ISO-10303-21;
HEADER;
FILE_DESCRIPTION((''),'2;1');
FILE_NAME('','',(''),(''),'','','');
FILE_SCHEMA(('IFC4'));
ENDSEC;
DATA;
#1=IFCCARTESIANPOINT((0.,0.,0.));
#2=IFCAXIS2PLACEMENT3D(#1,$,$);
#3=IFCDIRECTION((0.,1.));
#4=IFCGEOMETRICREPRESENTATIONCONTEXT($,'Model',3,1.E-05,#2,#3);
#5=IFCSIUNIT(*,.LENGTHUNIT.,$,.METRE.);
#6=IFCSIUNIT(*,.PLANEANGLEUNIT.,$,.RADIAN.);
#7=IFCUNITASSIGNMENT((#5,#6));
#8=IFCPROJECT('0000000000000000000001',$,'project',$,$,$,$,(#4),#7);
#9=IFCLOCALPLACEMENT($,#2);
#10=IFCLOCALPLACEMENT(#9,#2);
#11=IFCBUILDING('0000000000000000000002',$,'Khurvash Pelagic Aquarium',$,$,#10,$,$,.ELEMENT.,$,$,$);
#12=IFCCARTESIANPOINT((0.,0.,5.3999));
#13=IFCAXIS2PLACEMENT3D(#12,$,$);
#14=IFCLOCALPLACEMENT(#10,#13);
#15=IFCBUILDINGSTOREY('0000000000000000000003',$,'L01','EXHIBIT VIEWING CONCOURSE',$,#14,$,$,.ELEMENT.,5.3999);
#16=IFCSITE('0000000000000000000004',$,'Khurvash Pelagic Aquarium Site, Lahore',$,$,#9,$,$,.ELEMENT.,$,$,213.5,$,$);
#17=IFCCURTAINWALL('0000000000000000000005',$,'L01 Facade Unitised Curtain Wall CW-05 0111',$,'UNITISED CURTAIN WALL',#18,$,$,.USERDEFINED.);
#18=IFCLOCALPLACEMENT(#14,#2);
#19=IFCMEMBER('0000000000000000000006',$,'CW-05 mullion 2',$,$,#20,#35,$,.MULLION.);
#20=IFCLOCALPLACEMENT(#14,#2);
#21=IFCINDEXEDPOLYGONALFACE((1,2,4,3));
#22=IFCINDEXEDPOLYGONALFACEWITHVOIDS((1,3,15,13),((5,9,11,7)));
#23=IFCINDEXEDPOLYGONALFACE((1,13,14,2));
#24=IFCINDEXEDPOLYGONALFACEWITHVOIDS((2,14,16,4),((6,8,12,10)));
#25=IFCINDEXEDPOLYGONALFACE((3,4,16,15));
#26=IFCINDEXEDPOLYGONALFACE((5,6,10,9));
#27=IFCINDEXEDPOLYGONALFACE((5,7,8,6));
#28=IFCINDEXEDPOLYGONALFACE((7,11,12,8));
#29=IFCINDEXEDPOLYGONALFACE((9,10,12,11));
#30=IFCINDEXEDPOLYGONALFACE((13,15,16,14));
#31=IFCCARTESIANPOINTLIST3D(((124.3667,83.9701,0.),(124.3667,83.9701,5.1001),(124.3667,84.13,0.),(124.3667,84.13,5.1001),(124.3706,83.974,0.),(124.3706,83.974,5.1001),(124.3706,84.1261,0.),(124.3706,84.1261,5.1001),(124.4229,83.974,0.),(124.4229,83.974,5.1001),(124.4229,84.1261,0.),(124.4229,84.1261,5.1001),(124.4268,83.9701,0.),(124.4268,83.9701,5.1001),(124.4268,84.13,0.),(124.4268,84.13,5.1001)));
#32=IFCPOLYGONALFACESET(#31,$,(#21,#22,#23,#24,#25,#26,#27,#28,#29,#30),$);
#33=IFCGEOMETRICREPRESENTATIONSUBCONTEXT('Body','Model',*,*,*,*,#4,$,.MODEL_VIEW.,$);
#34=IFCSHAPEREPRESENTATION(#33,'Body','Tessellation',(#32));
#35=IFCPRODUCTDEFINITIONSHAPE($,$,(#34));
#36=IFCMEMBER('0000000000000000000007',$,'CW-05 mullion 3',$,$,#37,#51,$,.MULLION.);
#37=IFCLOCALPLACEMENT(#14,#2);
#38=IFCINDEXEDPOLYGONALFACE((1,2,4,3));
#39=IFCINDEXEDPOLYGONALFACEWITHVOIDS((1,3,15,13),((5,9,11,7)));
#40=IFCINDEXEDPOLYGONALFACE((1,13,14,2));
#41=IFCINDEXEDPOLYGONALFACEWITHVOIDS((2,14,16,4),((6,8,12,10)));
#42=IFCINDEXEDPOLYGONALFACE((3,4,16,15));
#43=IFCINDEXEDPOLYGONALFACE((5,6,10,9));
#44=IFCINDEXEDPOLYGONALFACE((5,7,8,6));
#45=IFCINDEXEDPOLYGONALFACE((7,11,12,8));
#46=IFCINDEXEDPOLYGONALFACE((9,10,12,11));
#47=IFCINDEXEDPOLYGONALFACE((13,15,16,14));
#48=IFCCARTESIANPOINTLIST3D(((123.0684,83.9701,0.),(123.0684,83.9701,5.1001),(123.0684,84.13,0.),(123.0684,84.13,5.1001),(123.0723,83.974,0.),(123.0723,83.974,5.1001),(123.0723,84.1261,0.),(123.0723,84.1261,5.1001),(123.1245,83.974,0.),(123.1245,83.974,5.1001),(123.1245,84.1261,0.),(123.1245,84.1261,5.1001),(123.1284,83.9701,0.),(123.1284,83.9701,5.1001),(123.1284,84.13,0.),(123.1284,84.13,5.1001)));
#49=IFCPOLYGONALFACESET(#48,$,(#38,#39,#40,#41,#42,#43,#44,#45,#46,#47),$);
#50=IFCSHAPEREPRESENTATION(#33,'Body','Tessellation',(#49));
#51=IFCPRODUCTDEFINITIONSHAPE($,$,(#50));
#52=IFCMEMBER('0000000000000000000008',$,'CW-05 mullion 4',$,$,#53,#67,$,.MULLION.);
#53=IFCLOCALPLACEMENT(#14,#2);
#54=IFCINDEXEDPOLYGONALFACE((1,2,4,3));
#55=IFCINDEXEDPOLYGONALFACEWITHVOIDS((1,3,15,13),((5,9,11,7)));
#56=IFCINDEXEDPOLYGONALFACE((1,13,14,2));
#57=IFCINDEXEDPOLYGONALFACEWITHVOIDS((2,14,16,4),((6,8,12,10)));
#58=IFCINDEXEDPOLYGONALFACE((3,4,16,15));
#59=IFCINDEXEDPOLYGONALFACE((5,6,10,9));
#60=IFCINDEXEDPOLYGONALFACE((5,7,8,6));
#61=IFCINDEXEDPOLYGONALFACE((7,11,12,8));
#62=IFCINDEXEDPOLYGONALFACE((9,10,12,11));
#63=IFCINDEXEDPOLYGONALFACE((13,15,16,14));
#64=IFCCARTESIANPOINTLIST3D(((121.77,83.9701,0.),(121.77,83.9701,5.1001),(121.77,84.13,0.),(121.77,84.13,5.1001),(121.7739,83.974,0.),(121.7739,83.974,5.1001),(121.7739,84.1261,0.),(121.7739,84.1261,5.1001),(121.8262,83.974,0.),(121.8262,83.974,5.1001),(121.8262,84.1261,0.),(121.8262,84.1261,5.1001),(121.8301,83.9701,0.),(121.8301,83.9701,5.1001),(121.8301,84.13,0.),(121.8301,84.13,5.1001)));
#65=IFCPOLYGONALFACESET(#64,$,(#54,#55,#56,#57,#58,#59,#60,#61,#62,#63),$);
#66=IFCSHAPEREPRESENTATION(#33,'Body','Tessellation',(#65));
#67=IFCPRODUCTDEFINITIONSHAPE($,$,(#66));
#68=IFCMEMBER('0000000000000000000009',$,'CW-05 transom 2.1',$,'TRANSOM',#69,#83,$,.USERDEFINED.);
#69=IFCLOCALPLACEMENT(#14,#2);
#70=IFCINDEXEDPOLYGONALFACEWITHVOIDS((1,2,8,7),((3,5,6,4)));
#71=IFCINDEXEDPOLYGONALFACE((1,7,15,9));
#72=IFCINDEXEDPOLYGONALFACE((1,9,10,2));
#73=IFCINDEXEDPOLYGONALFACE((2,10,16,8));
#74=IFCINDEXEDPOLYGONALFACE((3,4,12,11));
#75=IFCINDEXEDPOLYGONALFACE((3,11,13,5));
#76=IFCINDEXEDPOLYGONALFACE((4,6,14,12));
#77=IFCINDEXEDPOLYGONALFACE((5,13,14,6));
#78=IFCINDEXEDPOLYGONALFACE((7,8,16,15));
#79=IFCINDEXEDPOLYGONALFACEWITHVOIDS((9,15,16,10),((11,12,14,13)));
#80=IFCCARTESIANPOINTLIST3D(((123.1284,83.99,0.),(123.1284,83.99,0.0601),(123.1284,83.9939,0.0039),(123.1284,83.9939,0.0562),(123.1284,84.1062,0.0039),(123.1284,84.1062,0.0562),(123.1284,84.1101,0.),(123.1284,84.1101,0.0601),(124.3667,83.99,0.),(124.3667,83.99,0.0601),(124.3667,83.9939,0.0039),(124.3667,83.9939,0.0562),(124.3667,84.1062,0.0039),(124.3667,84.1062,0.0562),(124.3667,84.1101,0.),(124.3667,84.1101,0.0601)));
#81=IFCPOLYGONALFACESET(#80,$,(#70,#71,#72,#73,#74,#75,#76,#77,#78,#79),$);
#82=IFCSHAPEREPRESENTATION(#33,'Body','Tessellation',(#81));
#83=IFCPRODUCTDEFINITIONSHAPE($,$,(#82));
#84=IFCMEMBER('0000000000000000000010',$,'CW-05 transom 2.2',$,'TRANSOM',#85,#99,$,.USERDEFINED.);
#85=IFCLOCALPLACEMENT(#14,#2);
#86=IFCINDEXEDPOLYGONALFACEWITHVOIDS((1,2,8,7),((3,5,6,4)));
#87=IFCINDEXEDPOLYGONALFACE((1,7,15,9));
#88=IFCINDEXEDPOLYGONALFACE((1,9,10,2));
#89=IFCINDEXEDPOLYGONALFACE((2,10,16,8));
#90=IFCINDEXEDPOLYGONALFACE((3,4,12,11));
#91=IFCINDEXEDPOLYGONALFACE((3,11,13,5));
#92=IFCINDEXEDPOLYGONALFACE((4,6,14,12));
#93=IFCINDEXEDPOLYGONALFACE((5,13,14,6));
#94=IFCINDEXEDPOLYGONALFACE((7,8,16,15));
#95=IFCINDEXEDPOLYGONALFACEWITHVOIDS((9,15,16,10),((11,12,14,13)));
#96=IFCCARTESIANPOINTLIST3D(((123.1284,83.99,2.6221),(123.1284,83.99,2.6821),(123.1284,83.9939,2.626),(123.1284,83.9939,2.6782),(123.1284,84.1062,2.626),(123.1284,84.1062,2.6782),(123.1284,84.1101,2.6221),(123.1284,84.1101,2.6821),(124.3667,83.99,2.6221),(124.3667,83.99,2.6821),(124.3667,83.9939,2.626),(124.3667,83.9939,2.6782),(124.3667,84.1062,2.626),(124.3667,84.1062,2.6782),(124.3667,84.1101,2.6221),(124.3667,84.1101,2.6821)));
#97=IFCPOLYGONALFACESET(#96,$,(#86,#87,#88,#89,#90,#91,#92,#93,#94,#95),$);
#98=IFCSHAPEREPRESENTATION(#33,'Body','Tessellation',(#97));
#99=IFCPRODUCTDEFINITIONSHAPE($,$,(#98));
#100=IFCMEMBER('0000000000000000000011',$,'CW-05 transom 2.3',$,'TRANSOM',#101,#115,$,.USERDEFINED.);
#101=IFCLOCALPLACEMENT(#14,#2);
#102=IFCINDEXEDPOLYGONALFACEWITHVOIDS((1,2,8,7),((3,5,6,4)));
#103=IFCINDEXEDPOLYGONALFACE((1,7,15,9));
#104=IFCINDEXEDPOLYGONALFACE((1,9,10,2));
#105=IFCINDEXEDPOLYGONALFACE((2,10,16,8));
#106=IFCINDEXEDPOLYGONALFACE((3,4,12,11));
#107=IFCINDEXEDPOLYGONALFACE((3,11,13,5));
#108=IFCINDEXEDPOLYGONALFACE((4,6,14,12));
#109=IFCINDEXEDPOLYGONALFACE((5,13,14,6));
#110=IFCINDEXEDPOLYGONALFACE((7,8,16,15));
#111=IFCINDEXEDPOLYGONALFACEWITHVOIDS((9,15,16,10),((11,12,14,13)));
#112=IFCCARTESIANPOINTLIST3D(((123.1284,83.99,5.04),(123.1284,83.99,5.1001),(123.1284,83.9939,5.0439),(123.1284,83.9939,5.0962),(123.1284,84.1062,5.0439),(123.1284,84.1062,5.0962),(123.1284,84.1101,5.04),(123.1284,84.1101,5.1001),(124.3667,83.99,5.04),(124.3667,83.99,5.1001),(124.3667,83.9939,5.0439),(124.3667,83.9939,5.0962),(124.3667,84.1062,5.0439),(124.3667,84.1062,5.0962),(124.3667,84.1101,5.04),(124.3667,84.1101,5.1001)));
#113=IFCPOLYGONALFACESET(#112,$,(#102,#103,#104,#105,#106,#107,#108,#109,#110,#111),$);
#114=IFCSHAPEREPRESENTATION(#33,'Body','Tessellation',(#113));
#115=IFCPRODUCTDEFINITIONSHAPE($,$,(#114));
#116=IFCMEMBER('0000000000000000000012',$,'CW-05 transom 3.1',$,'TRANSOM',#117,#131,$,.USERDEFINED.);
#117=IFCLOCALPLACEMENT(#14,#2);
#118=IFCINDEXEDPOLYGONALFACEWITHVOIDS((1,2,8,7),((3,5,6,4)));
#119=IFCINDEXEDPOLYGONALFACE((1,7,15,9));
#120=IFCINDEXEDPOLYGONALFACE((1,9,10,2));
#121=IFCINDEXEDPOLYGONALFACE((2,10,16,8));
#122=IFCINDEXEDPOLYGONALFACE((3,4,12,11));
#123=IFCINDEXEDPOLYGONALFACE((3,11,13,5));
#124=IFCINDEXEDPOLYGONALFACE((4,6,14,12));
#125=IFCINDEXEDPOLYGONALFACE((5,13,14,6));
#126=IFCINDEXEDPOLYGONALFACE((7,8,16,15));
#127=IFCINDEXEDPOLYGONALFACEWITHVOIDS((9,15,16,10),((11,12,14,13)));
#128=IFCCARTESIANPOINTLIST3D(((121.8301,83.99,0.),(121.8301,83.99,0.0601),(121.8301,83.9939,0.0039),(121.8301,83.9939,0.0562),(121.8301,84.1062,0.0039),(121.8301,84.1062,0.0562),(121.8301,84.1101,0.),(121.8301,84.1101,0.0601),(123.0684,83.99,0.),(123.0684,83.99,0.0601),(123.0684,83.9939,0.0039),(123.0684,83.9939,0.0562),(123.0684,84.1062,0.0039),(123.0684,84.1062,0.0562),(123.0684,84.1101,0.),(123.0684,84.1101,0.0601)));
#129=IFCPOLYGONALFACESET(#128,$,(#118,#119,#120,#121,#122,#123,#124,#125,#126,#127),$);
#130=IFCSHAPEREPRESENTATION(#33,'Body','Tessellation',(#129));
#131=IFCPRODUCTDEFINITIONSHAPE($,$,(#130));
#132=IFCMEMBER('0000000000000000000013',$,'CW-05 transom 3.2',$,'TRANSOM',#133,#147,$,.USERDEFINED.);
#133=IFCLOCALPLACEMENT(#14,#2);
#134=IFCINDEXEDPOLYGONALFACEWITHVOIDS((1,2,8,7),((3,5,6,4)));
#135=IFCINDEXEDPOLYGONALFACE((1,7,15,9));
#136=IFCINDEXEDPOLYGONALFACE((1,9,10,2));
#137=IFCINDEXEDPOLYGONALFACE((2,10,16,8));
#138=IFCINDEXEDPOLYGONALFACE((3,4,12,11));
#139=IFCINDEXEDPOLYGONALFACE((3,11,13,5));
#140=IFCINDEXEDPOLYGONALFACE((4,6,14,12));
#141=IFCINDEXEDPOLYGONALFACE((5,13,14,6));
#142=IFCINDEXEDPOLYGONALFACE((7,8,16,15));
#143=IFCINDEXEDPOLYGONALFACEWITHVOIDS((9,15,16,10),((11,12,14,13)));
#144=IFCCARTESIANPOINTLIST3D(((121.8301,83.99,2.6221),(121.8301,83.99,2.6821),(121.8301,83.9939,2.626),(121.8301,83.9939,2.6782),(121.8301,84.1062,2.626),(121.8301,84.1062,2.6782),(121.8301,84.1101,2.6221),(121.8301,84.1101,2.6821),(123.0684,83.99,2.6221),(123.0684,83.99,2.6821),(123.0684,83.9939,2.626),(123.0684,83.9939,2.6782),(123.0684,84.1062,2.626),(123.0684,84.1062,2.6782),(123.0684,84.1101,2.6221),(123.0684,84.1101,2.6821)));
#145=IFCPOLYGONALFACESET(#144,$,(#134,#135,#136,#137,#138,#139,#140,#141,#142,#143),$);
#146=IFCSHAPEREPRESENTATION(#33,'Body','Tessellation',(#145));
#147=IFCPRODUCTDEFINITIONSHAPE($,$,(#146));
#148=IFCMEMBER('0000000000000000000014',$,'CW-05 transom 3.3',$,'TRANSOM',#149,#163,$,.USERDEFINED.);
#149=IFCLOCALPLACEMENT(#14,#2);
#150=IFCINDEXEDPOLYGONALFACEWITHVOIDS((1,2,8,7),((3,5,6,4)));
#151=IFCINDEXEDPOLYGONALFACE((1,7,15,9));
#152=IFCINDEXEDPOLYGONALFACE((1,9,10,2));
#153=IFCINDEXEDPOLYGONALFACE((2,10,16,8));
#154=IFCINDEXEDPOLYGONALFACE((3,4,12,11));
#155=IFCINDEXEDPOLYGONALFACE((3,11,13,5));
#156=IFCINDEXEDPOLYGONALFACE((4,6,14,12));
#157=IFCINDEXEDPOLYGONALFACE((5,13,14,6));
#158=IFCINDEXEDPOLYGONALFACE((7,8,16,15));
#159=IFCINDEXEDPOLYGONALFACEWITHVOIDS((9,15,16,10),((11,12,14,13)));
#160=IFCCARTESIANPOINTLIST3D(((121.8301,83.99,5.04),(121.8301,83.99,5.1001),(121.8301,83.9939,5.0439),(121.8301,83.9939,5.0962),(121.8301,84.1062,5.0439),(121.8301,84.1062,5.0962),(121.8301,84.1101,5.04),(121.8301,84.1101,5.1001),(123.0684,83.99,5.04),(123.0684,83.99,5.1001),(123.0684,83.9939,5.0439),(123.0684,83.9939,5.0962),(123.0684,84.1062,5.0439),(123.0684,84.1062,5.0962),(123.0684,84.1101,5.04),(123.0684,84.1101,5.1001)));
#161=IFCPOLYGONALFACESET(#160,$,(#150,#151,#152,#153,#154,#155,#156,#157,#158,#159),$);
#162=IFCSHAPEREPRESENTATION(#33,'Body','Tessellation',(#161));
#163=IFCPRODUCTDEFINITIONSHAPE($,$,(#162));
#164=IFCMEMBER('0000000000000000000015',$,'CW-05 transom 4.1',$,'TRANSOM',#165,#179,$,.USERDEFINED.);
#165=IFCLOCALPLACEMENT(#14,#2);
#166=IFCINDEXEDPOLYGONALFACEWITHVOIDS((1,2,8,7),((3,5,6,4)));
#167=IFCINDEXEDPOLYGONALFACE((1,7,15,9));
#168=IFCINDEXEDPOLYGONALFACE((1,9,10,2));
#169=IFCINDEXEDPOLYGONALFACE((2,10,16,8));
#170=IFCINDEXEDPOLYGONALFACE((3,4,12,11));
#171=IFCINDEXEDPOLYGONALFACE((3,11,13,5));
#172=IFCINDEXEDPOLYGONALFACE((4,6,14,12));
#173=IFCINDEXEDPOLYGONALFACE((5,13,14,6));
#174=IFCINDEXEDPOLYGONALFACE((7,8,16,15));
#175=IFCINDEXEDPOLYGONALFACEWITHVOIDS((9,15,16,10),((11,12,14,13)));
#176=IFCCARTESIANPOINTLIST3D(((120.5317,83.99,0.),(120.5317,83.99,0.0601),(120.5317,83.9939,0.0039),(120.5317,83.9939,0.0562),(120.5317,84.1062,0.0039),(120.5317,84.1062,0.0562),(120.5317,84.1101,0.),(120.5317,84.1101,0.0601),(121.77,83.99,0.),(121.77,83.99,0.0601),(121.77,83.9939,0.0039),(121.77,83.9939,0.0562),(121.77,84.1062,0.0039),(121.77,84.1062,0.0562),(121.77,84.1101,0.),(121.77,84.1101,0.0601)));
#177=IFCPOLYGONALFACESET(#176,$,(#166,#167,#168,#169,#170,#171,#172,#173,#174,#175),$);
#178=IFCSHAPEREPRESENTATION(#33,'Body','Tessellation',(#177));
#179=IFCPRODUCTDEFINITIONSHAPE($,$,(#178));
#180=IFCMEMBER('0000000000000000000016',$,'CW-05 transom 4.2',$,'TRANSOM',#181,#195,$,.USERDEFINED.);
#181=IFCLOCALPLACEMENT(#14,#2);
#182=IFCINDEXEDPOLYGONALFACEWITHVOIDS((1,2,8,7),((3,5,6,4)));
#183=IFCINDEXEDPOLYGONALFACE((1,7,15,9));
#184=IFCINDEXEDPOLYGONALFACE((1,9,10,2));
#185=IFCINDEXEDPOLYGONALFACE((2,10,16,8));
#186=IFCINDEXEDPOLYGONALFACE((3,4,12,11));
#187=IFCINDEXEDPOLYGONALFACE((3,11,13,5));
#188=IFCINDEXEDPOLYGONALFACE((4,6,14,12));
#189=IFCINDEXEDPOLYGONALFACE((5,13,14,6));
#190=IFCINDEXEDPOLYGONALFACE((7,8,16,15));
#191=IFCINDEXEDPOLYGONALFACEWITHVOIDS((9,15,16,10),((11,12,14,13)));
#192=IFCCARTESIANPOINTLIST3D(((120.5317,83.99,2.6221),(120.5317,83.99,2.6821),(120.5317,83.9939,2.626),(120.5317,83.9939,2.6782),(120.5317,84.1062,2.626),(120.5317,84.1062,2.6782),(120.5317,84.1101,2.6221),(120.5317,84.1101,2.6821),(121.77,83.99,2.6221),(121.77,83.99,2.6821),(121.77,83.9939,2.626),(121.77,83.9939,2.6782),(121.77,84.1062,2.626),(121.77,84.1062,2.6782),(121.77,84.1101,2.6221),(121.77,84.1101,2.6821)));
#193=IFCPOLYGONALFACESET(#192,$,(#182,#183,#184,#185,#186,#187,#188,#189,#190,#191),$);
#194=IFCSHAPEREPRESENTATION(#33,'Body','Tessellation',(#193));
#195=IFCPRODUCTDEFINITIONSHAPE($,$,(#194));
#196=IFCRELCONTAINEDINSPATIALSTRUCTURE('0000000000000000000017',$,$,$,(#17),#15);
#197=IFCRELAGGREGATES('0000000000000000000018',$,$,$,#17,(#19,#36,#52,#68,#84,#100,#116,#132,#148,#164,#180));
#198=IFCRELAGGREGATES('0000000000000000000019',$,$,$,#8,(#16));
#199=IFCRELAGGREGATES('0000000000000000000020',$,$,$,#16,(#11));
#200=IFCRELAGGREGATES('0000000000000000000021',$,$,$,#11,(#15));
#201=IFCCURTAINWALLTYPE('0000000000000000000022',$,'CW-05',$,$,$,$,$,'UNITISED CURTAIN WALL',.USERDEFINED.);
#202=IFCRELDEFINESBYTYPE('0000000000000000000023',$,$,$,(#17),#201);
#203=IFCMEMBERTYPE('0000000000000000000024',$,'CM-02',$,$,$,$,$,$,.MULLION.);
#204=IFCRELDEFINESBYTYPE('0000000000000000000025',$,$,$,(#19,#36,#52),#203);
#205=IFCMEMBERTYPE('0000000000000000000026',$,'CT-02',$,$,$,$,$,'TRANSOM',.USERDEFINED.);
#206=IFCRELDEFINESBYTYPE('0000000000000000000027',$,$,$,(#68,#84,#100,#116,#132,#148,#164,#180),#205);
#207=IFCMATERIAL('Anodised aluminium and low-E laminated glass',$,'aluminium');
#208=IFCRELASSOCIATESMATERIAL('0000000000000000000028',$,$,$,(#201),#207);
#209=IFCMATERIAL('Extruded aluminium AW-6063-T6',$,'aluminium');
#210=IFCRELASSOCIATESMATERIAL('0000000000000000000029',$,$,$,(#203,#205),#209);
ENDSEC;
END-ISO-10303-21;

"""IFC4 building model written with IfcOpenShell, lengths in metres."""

from ifc_helpers import new_model, si_unit, direction, frame, origin, origin_2d, place, context, subcontext, project, spatial, hollow_rectangle, extrude, material, material_profile, profile_set, type_object, element, aggregate, save


model = new_model("IFC4")

# Units and contexts
model_context = context("Model", 3, precision=1e-05, world=origin(), true_north=direction((0.0, 1.0)))
body_context = subcontext(model_context, "Body", "Model", "MODEL_VIEW")
ifc_project = project(units=[si_unit("LENGTHUNIT", "METRE"), si_unit("PLANEANGLEUNIT", "RADIAN")], contexts=[model_context])

# Site, building, storey
site_placement = place(None, origin())
site = spatial("IfcSite", under=ifc_project, at=site_placement, Name="Khurvash Pelagic Aquarium Site, Lahore", CompositionType="ELEMENT", RefElevation=213.5)
building_placement = place(site_placement, origin())
building = spatial("IfcBuilding", under=site, at=building_placement, Name="Khurvash Pelagic Aquarium", CompositionType="ELEMENT")
storey_placement = place(building_placement, frame((0.0, 0.0, 5.3999)))
storey = spatial("IfcBuildingStorey", under=building, at=storey_placement, Name="L01", Description="EXHIBIT VIEWING CONCOURSE", CompositionType="ELEMENT", Elevation=5.3999)

# Curtain wall, members
ifc_material_1 = material(Name="Anodised aluminium and low-E laminated glass", Category="aluminium")
curtain_wall_type = type_object("IfcCurtainWallType", Name="CW-05", ElementType="UNITISED CURTAIN WALL", PredefinedType="USERDEFINED", material=ifc_material_1)
curtain_wall_placement = place(storey_placement, origin())
curtain_wall = element("IfcCurtainWall", 1, at=curtain_wall_placement, inside=storey, type_object=curtain_wall_type, Name="L01 Facade Unitised Curtain Wall CW-05 0111", ObjectType="UNITISED CURTAIN WALL", PredefinedType="USERDEFINED")
ifc_material_2 = material(Name="Extruded aluminium AW-6063-T6", Category="aluminium")
ifc_material_profile_1 = material_profile(ifc_material_2, hollow_rectangle(XDim=0.0601, YDim=0.1599, WallThickness=0.0039, at=origin_2d()), Name="CWM60X160X4")
ifc_profile_set_1 = profile_set([ifc_material_profile_1], Name="Extruded aluminium AW-6063-T6")
member_type_1 = type_object("IfcMemberType", Name="CM-02", PredefinedType="MULLION", material=ifc_profile_set_1)
member_1_placement = place(storey_placement, frame((124.3967, 84.05, 0.0), z_axis=(0.0, 0.0, 1.0), x_axis=(-1.0, 0.0, 0.0)))
member_1 = element("IfcMember", 2, at=member_1_placement, type_object=member_type_1, Name="CW-05 mullion 2", PredefinedType="MULLION", context=body_context, shape_type="SweptSolid", body=[
    extrude(hollow_rectangle(XDim=0.0601, YDim=0.1599, WallThickness=0.0039, at=origin_2d()), origin(), (0.0, 0.0, 1.0), 5.1001),
])
member_2_placement = place(storey_placement, frame((123.0984, 84.05, 0.0), z_axis=(0.0, 0.0, 1.0), x_axis=(-1.0, 0.0, 0.0)))
member_2 = element("IfcMember", 3, at=member_2_placement, type_object=member_type_1, Name="CW-05 mullion 3", PredefinedType="MULLION", context=body_context, shape_type="SweptSolid", body=[
    extrude(hollow_rectangle(XDim=0.0601, YDim=0.1599, WallThickness=0.0039, at=origin_2d()), origin(), (0.0, 0.0, 1.0), 5.1001),
])
member_3_placement = place(storey_placement, frame((121.8, 84.05, 0.0), z_axis=(0.0, 0.0, 1.0), x_axis=(-1.0, 0.0, 0.0)))
member_3 = element("IfcMember", 4, at=member_3_placement, type_object=member_type_1, Name="CW-05 mullion 4", PredefinedType="MULLION", context=body_context, shape_type="SweptSolid", body=[
    extrude(hollow_rectangle(XDim=0.0601, YDim=0.1599, WallThickness=0.0039, at=origin_2d()), origin(), (0.0, 0.0, 1.0), 5.1001),
])
ifc_material_profile_2 = material_profile(ifc_material_2, hollow_rectangle(XDim=0.1201, YDim=0.0601, WallThickness=0.0039, at=origin_2d()), Name="CWT120X60X4")
ifc_profile_set_2 = profile_set([ifc_material_profile_2], Name="Extruded aluminium AW-6063-T6")
member_type_2 = type_object("IfcMemberType", Name="CT-02", ElementType="TRANSOM", PredefinedType="USERDEFINED", material=ifc_profile_set_2)
member_4_placement = place(storey_placement, frame((124.3667, 84.05, 0.03), z_axis=(-1.0, 0.0, 0.0), x_axis=(0.0, -1.0, 0.0)))
member_4 = element("IfcMember", 5, at=member_4_placement, type_object=member_type_2, Name="CW-05 transom 2.1", ObjectType="TRANSOM", PredefinedType="USERDEFINED", context=body_context, shape_type="SweptSolid", body=[
    extrude(hollow_rectangle(XDim=0.1201, YDim=0.0601, WallThickness=0.0039, at=origin_2d()), origin(), (0.0, 0.0, 1.0), 1.2383),
])
member_5_placement = place(storey_placement, frame((124.3667, 84.05, 2.6521), z_axis=(-1.0, 0.0, 0.0), x_axis=(0.0, -1.0, 0.0)))
member_5 = element("IfcMember", 6, at=member_5_placement, type_object=member_type_2, Name="CW-05 transom 2.2", ObjectType="TRANSOM", PredefinedType="USERDEFINED", context=body_context, shape_type="SweptSolid", body=[
    extrude(hollow_rectangle(XDim=0.1201, YDim=0.0601, WallThickness=0.0039, at=origin_2d()), origin(), (0.0, 0.0, 1.0), 1.2383),
])
member_6_placement = place(storey_placement, frame((124.3667, 84.05, 5.0701), z_axis=(-1.0, 0.0, 0.0), x_axis=(0.0, -1.0, 0.0)))
member_6 = element("IfcMember", 7, at=member_6_placement, type_object=member_type_2, Name="CW-05 transom 2.3", ObjectType="TRANSOM", PredefinedType="USERDEFINED", context=body_context, shape_type="SweptSolid", body=[
    extrude(hollow_rectangle(XDim=0.1201, YDim=0.0601, WallThickness=0.0039, at=origin_2d()), origin(), (0.0, 0.0, 1.0), 1.2383),
])
member_7_placement = place(storey_placement, frame((123.0684, 84.05, 0.03), z_axis=(-1.0, 0.0, 0.0), x_axis=(0.0, -1.0, 0.0)))
member_7 = element("IfcMember", 8, at=member_7_placement, type_object=member_type_2, Name="CW-05 transom 3.1", ObjectType="TRANSOM", PredefinedType="USERDEFINED", context=body_context, shape_type="SweptSolid", body=[
    extrude(hollow_rectangle(XDim=0.1201, YDim=0.0601, WallThickness=0.0039, at=origin_2d()), origin(), (0.0, 0.0, 1.0), 1.2383),
])
member_8_placement = place(storey_placement, frame((123.0684, 84.05, 2.6521), z_axis=(-1.0, 0.0, 0.0), x_axis=(0.0, -1.0, 0.0)))
member_8 = element("IfcMember", 9, at=member_8_placement, type_object=member_type_2, Name="CW-05 transom 3.2", ObjectType="TRANSOM", PredefinedType="USERDEFINED", context=body_context, shape_type="SweptSolid", body=[
    extrude(hollow_rectangle(XDim=0.1201, YDim=0.0601, WallThickness=0.0039, at=origin_2d()), origin(), (0.0, 0.0, 1.0), 1.2383),
])
member_9_placement = place(storey_placement, frame((123.0684, 84.05, 5.0701), z_axis=(-1.0, 0.0, 0.0), x_axis=(0.0, -1.0, 0.0)))
member_9 = element("IfcMember", 10, at=member_9_placement, type_object=member_type_2, Name="CW-05 transom 3.3", ObjectType="TRANSOM", PredefinedType="USERDEFINED", context=body_context, shape_type="SweptSolid", body=[
    extrude(hollow_rectangle(XDim=0.1201, YDim=0.0601, WallThickness=0.0039, at=origin_2d()), origin(), (0.0, 0.0, 1.0), 1.2383),
])
member_10_placement = place(storey_placement, frame((121.77, 84.05, 0.03), z_axis=(-1.0, 0.0, 0.0), x_axis=(0.0, -1.0, 0.0)))
member_10 = element("IfcMember", 11, at=member_10_placement, type_object=member_type_2, Name="CW-05 transom 4.1", ObjectType="TRANSOM", PredefinedType="USERDEFINED", context=body_context, shape_type="SweptSolid", body=[
    extrude(hollow_rectangle(XDim=0.1201, YDim=0.0601, WallThickness=0.0039, at=origin_2d()), origin(), (0.0, 0.0, 1.0), 1.2383),
])
member_11_placement = place(storey_placement, frame((121.77, 84.05, 2.6521), z_axis=(-1.0, 0.0, 0.0), x_axis=(0.0, -1.0, 0.0)))
member_11 = element("IfcMember", 12, at=member_11_placement, type_object=member_type_2, Name="CW-05 transom 4.2", ObjectType="TRANSOM", PredefinedType="USERDEFINED", context=body_context, shape_type="SweptSolid", body=[
    extrude(hollow_rectangle(XDim=0.1201, YDim=0.0601, WallThickness=0.0039, at=origin_2d()), origin(), (0.0, 0.0, 1.0), 1.2383),
])
aggregate(curtain_wall, [member_1, member_2, member_3, member_4, member_5, member_6, member_7, member_8, member_9, member_10, member_11])

save(model, "model.ifc")
